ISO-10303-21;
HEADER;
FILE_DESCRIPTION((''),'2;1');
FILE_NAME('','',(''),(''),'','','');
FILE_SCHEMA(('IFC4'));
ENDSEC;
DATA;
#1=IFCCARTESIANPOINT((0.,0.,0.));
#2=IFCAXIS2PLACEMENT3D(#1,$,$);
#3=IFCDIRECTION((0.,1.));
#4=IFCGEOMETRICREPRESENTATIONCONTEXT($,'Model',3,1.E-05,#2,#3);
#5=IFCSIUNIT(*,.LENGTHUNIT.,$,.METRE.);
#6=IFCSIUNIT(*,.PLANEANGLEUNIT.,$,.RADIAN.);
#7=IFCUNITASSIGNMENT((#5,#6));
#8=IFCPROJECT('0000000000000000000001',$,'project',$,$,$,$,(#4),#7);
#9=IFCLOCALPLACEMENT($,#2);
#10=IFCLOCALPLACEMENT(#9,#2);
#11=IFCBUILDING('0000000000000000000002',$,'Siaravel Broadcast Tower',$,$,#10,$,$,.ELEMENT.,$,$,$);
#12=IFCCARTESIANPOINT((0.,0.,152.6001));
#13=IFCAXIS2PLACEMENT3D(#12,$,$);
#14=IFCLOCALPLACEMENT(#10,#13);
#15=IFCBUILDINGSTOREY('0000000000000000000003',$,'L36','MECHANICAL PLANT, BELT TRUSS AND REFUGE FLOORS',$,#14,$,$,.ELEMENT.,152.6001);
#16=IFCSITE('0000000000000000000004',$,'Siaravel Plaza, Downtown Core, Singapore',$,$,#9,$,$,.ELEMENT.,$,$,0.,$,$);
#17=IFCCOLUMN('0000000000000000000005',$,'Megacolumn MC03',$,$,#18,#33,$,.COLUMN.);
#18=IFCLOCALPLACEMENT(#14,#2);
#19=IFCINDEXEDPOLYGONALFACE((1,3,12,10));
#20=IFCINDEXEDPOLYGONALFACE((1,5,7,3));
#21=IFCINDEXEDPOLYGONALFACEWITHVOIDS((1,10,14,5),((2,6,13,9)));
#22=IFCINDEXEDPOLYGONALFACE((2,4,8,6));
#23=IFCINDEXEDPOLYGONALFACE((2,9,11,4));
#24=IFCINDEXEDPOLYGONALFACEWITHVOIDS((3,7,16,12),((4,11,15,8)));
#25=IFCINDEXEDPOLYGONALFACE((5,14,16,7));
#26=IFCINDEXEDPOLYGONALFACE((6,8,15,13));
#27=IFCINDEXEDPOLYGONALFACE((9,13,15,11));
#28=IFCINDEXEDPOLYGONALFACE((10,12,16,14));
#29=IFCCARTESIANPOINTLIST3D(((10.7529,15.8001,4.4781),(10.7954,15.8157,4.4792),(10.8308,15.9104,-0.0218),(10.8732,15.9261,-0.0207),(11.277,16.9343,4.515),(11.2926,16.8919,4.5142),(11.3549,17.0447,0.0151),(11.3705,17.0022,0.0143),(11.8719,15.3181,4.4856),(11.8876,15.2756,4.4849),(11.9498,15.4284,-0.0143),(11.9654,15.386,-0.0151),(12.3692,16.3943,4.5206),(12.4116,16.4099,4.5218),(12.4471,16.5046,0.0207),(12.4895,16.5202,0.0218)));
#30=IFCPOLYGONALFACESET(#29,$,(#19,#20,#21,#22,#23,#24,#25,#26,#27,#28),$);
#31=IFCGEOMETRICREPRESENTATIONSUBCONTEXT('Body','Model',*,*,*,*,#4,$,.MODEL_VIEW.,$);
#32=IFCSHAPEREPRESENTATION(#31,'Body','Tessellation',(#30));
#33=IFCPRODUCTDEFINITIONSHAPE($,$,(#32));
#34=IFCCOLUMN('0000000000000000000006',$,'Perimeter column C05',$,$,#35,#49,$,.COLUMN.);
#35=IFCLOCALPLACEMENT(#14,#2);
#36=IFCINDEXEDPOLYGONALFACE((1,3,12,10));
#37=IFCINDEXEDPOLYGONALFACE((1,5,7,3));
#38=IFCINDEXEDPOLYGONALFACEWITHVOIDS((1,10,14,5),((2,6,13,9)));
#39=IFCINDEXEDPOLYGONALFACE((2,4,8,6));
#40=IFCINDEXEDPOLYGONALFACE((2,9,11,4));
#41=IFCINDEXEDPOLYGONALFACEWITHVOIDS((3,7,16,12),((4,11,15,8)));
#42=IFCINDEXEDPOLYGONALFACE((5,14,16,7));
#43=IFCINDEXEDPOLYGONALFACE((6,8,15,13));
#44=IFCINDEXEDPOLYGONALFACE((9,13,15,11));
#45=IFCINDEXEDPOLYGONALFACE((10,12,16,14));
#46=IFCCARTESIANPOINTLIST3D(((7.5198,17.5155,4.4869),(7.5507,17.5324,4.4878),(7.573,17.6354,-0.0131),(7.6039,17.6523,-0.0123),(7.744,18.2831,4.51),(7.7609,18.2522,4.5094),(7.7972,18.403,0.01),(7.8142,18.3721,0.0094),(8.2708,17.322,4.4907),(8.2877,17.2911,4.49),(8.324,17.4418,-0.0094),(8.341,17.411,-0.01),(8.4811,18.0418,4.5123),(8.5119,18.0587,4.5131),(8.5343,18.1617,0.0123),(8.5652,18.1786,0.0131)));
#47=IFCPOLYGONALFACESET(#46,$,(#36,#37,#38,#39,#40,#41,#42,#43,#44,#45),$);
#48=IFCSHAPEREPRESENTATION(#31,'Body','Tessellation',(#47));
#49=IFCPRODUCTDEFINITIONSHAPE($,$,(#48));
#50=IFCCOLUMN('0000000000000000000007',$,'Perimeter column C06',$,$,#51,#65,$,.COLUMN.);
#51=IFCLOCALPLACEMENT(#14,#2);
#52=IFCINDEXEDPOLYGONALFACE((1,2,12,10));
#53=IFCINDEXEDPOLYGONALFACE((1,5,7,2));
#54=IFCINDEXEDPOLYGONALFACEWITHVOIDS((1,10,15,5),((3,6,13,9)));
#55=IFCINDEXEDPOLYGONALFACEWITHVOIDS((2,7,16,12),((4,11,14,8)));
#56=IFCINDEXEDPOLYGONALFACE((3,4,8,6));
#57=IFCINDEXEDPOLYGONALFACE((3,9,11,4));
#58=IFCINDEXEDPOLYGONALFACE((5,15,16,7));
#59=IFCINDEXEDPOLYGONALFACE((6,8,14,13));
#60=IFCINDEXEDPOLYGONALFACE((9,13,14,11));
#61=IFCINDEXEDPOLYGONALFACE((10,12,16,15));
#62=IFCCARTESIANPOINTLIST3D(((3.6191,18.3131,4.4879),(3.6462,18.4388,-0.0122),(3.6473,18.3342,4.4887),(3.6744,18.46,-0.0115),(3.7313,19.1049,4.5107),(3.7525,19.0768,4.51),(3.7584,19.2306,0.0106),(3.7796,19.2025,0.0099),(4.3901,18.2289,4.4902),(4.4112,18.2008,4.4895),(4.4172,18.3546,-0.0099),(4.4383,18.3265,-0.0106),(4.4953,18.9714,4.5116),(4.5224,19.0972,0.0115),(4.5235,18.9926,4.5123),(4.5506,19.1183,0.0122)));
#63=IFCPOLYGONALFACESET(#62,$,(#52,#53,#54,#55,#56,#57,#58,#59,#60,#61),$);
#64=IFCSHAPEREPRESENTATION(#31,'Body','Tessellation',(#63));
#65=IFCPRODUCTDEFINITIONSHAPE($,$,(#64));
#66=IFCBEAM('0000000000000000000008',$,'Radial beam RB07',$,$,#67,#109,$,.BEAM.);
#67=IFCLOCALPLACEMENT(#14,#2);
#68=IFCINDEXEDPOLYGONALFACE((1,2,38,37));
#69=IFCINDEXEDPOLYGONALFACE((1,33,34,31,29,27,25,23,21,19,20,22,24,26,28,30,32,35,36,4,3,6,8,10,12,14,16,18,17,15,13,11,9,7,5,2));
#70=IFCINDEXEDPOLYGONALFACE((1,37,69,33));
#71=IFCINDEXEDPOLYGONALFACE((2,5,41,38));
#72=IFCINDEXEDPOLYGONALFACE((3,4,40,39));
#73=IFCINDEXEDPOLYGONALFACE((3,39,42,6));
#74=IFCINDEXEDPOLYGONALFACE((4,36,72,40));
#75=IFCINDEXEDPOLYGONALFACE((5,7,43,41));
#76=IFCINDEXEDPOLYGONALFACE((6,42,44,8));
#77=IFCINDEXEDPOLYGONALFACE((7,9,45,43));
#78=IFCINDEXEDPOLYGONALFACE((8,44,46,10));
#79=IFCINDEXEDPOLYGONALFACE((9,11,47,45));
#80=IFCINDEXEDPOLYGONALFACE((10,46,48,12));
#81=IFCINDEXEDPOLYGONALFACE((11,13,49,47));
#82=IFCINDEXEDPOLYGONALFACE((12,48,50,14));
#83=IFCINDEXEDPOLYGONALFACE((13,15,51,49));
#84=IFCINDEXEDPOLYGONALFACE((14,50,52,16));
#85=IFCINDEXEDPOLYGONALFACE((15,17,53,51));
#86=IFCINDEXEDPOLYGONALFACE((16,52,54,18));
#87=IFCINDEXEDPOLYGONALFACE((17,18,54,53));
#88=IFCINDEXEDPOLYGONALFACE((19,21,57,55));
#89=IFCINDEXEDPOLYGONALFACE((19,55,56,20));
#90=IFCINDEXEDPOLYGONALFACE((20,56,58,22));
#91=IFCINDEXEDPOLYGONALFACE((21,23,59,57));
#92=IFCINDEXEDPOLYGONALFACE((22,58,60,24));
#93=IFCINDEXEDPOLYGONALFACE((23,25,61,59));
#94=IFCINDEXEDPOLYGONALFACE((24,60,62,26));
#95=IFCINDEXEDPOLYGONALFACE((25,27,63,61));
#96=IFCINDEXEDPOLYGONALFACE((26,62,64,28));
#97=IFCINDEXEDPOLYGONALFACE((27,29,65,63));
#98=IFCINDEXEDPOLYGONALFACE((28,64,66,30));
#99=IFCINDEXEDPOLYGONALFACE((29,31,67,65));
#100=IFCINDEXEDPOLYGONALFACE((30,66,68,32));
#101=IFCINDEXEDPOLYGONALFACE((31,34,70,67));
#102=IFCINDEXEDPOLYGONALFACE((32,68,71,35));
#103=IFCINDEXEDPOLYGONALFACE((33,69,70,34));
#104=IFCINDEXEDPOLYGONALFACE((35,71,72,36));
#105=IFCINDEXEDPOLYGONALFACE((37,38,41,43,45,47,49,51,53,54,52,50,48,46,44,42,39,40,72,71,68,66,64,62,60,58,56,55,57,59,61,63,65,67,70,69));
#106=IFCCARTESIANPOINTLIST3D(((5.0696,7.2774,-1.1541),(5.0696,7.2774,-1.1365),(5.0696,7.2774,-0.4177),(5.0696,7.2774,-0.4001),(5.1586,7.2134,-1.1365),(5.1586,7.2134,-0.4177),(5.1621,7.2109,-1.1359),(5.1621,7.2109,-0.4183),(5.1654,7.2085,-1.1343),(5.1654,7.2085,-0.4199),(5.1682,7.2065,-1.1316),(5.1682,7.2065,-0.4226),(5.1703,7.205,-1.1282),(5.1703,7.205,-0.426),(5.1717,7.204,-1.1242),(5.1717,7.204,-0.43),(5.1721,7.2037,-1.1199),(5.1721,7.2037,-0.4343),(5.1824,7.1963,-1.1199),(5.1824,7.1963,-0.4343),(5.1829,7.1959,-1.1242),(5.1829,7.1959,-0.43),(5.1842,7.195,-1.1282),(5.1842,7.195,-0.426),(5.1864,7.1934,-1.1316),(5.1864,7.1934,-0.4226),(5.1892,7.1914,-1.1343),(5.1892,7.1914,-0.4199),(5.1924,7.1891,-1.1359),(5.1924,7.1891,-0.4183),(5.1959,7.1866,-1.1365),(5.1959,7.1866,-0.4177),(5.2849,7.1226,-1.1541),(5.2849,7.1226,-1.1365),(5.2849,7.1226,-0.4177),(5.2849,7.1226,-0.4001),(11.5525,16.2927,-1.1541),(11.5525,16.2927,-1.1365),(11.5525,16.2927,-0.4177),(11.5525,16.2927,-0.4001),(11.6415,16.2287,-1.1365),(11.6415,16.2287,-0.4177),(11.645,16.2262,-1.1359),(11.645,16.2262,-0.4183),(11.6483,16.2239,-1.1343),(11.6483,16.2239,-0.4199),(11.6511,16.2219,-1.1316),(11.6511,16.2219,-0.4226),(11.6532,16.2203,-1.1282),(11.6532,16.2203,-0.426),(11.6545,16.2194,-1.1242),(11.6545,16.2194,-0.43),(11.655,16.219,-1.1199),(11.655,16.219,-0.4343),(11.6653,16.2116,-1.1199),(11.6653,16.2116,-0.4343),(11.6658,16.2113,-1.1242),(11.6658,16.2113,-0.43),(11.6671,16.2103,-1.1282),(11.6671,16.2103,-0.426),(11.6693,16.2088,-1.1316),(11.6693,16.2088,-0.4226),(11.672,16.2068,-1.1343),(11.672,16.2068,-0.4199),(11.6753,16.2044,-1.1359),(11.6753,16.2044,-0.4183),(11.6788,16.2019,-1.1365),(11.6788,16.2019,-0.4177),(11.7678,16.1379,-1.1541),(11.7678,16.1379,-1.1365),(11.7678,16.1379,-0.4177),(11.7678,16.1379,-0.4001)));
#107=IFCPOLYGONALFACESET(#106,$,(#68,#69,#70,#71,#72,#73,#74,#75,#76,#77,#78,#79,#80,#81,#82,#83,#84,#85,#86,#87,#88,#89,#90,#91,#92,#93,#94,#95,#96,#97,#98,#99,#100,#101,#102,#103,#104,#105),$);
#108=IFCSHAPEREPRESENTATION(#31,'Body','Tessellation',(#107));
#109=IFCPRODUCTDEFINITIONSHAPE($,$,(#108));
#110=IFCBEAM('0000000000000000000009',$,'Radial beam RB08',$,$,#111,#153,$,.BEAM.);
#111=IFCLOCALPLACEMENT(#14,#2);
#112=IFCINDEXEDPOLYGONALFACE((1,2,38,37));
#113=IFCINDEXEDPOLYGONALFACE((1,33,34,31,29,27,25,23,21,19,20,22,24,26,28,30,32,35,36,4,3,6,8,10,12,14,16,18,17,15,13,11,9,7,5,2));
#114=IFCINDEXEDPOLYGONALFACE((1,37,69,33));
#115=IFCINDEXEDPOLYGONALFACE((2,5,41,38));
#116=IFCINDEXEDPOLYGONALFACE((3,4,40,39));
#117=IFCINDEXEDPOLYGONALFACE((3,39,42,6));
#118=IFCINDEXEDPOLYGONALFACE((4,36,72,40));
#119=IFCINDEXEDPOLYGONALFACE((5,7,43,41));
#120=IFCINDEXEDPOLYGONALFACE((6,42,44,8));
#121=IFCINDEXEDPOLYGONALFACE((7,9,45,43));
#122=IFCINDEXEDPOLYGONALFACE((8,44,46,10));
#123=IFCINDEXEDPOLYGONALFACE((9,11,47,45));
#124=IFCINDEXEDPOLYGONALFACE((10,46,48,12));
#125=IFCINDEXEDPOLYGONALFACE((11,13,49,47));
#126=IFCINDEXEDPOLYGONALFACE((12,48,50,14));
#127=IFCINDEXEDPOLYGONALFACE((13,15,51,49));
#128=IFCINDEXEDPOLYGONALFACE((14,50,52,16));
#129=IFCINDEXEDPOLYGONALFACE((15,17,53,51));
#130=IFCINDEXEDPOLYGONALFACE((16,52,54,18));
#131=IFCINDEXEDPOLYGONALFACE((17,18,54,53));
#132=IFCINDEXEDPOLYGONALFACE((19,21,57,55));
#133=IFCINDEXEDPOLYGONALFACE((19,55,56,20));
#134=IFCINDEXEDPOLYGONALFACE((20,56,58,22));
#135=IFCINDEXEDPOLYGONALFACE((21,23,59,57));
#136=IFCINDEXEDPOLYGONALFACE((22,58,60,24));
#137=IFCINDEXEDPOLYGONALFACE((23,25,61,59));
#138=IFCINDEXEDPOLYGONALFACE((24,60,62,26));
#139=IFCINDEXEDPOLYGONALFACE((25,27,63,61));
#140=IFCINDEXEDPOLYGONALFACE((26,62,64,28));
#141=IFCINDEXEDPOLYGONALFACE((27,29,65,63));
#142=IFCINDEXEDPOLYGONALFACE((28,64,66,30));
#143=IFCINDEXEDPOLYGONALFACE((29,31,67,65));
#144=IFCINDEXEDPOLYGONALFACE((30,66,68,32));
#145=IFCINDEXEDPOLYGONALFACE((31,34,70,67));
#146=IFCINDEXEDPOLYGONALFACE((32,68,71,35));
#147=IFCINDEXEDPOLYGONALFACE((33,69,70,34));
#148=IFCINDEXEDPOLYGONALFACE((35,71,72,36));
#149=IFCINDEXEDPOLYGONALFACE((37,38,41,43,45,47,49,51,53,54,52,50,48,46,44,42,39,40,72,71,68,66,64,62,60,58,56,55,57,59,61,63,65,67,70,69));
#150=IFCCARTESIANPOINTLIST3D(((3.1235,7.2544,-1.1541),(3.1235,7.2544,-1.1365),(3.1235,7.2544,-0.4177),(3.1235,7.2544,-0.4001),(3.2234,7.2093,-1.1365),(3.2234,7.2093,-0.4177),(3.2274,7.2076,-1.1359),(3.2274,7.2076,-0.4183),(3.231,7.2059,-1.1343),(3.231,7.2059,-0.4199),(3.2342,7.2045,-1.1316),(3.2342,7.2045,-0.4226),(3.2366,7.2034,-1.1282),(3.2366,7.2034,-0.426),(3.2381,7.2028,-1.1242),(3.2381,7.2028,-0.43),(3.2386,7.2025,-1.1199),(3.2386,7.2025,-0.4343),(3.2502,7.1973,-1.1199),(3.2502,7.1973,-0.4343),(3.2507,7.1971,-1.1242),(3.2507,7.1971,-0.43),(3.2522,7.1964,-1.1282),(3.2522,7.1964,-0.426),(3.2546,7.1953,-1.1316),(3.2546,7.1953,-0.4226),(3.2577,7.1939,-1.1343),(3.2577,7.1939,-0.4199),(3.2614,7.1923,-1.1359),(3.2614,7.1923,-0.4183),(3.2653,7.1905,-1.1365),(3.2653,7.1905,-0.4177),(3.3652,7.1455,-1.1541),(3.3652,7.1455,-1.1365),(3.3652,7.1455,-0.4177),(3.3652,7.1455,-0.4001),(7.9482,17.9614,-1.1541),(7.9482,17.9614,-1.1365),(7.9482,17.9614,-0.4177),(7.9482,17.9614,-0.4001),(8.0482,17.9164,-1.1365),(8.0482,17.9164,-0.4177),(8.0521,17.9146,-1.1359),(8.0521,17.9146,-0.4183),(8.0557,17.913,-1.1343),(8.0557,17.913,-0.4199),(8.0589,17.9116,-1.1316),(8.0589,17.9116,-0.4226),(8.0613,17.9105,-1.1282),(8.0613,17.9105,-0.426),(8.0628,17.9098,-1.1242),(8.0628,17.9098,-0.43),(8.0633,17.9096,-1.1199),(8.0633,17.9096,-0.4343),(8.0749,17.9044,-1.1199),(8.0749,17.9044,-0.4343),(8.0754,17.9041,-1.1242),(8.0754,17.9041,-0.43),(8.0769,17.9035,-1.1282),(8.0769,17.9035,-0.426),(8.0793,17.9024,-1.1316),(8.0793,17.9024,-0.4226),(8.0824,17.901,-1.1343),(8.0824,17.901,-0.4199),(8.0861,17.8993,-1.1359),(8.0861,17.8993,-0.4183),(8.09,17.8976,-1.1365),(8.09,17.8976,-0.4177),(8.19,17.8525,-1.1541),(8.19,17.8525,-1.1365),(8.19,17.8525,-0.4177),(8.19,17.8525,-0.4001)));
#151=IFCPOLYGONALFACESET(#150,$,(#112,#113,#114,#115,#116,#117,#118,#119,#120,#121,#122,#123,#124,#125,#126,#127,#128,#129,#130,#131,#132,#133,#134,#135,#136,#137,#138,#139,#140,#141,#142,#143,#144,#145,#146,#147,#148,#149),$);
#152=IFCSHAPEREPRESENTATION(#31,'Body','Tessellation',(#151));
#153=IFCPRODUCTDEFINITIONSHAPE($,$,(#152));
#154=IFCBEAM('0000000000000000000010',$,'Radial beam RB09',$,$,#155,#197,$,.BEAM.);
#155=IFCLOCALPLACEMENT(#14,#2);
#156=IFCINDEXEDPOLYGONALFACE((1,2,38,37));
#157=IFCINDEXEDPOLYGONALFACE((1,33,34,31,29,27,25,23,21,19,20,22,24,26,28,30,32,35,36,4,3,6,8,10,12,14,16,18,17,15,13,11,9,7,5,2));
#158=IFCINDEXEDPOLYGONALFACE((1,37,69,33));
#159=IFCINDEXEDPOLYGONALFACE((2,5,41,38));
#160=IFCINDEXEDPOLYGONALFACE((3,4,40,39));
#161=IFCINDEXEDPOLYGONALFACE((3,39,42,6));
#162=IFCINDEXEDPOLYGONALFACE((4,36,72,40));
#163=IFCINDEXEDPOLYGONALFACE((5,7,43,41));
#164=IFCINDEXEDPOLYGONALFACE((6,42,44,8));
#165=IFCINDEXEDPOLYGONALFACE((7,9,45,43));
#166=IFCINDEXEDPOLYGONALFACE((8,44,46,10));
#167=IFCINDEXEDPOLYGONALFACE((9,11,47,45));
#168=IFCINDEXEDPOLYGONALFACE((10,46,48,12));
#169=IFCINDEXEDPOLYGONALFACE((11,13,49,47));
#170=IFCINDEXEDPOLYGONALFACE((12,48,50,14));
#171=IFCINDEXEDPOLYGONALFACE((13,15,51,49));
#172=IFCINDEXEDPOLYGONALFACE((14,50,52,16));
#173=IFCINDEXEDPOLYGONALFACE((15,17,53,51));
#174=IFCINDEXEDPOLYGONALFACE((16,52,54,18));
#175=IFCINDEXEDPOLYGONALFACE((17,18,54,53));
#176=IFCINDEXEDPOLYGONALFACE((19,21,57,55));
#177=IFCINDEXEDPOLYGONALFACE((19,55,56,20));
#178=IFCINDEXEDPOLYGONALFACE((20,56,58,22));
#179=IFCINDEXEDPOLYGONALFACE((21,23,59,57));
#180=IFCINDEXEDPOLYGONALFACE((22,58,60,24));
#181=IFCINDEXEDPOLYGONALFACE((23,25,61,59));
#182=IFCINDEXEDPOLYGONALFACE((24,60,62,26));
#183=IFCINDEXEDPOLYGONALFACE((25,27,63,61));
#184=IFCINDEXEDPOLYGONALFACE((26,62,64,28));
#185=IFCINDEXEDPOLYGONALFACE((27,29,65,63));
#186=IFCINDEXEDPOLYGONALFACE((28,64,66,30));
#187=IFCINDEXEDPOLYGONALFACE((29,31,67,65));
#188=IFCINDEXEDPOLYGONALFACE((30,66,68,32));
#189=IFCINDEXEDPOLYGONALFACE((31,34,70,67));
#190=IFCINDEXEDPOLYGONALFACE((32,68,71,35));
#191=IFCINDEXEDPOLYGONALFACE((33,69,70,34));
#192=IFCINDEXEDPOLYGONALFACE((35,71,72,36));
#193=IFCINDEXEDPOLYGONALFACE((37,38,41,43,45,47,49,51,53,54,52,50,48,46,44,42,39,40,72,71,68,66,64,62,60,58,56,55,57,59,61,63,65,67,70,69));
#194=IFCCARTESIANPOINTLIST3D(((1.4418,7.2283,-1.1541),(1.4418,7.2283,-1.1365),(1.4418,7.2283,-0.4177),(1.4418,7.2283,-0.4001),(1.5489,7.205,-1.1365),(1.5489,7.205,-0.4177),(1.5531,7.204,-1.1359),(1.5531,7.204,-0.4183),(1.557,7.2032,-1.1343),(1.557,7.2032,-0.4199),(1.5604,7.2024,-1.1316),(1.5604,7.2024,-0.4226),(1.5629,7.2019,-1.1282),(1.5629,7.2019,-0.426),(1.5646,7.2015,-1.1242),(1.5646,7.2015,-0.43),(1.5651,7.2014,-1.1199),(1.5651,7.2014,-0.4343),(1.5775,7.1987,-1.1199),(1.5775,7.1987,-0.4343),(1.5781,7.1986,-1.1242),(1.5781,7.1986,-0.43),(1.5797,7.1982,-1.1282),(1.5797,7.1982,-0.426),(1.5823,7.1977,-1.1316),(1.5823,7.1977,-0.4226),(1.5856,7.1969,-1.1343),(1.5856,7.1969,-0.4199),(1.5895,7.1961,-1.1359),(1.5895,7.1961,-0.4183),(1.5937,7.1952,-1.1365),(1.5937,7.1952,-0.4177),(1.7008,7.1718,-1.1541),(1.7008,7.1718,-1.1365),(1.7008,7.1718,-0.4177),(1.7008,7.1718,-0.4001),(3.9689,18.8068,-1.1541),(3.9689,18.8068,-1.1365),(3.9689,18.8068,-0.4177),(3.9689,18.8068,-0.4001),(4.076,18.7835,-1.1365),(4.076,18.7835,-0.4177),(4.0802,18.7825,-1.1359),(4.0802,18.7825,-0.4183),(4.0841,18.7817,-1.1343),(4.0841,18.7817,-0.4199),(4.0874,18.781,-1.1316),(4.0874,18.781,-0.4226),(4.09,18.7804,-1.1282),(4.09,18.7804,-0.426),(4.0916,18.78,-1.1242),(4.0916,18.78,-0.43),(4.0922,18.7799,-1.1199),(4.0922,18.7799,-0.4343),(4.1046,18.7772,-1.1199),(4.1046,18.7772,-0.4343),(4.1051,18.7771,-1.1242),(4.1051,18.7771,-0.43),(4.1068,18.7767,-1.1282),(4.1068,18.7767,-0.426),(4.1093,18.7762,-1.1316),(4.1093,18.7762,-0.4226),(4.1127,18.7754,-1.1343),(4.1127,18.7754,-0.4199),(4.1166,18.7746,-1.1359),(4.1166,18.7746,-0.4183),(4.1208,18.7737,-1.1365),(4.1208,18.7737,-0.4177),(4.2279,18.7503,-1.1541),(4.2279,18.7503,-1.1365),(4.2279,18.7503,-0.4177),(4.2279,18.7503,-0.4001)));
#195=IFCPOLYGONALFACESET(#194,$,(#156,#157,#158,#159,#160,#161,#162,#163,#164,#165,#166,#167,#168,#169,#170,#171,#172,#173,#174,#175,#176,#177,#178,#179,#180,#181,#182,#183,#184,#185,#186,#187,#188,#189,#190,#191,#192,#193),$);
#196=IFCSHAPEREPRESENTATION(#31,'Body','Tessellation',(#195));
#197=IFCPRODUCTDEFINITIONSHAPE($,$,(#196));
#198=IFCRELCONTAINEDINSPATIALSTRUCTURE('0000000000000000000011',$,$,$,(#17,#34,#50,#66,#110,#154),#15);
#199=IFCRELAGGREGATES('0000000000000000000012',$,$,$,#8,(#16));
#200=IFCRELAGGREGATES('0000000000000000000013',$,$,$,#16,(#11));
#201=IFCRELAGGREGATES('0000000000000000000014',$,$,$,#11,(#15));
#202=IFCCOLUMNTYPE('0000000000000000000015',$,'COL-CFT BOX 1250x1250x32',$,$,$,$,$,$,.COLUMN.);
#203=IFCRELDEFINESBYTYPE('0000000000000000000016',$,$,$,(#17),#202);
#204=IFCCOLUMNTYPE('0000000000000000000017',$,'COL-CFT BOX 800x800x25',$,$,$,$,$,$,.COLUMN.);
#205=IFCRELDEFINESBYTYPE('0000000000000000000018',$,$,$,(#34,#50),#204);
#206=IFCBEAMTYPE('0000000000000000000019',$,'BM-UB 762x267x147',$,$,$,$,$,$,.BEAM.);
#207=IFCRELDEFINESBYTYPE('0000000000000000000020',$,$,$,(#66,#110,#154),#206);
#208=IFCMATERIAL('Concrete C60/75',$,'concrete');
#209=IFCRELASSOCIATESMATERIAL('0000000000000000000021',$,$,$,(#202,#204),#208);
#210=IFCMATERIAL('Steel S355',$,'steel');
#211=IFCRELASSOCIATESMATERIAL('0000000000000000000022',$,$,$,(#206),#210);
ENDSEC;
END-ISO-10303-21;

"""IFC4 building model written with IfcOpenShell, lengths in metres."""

from ifc_helpers import new_model, si_unit, direction, frame, origin, origin_2d, place, context, subcontext, project, spatial, hollow_rectangle, i_section, extrude, material, material_profile, profile_set, type_object, element, save


model = new_model("IFC4")

# Units and contexts
model_context = context("Model", 3, precision=1e-05, world=origin(), true_north=direction((0.0, 1.0)))
body_context = subcontext(model_context, "Body", "Model", "MODEL_VIEW")
ifc_project = project(units=[si_unit("LENGTHUNIT", "METRE"), si_unit("PLANEANGLEUNIT", "RADIAN")], contexts=[model_context])

# Site, building, storey
site_placement = place(None, origin())
site = spatial("IfcSite", under=ifc_project, at=site_placement, Name="Siaravel Plaza, Downtown Core, Singapore", CompositionType="ELEMENT", RefElevation=0.0)
building_placement = place(site_placement, origin())
building = spatial("IfcBuilding", under=site, at=building_placement, Name="Siaravel Broadcast Tower", CompositionType="ELEMENT")
storey_placement = place(building_placement, frame((0.0, 0.0, 152.6001)))
storey = spatial("IfcBuildingStorey", under=building, at=storey_placement, Name="L36", Description="MECHANICAL PLANT, BELT TRUSS AND REFUGE FLOORS", CompositionType="ELEMENT", Elevation=152.6001)

# Columns
ifc_material_1 = material(Name="Concrete C60/75", Category="concrete")
ifc_material_profile_1 = material_profile(ifc_material_1, hollow_rectangle(XDim=1.25, YDim=1.25, WallThickness=0.032, at=origin_2d()))
ifc_profile_set_1 = profile_set([ifc_material_profile_1], Name="Concrete C60/75")
column_type_1 = type_object("IfcColumnType", Name="COL-CFT BOX 1250x1250x32", PredefinedType="COLUMN", material=ifc_profile_set_1)
column_placement = place(storey_placement, frame((11.6602, 16.2153, 0.0), z_axis=(-0.017299, -0.024512, 0.99955), x_axis=(0.907704, -0.419576, 0.00542)))
element("IfcColumn", 1, at=column_placement, inside=storey, type_object=column_type_1, Name="Megacolumn MC03", PredefinedType="COLUMN", context=body_context, shape_type="SweptSolid", body=[
    extrude(hollow_rectangle(XDim=1.25, YDim=1.25, WallThickness=0.032, at=origin_2d()), origin(), (0.0, 0.0, 1.0), 4.502),
])
ifc_material_profile_2 = material_profile(ifc_material_1, hollow_rectangle(XDim=0.8, YDim=0.8, WallThickness=0.0249, at=origin_2d()))
ifc_profile_set_2 = profile_set([ifc_material_profile_2], Name="Concrete C60/75")
column_type_2 = type_object("IfcColumnType", Name="COL-CFT BOX 800x800x25", PredefinedType="COLUMN", material=ifc_profile_set_2)
for number, where, z_axis, x_axis, name in (
    (2, (8.0691, 17.907, 0.0), (-0.011822, -0.026627, 0.999576), (0.959857, -0.280464, 0.003881), "Perimeter column C05"),
    (3, (4.0984, 18.7786, 0.0), (-0.00602, -0.027929, 0.999592), (0.990093, -0.140396, 0.00204), "Perimeter column C06"),
):
    element("IfcColumn", number, at=place(storey_placement, frame(where, z_axis=z_axis, x_axis=x_axis)), inside=storey, type_object=column_type_2, Name=name, PredefinedType="COLUMN", context=body_context, shape_type="SweptSolid", body=[
        extrude(hollow_rectangle(XDim=0.8, YDim=0.8, WallThickness=0.0249, at=origin_2d()), origin(), (0.0, 0.0, 1.0), 4.502),
    ])

# Beams
ifc_material_2 = material(Name="Steel S355", Category="steel")
ifc_material_profile_3 = material_profile(ifc_material_2, i_section(OverallWidth=0.2651, OverallDepth=0.7539, WebThickness=0.0127, FlangeThickness=0.0176, FilletRadius=0.0166, at=origin_2d()))
ifc_profile_set_3 = profile_set([ifc_material_profile_3], Name="Steel S355")
beam_type_1 = type_object("IfcBeamType", Name="BM-UB 762x267x147", PredefinedType="BEAM", material=ifc_profile_set_3)
beam_1_placement = place(storey_placement, frame((11.6602, 16.2153, -0.7771), z_axis=(-0.58382, -0.811883, 0.0), x_axis=(0.811883, -0.58382, 0.0)))
element("IfcBeam", 4, at=beam_1_placement, inside=storey, type_object=beam_type_1, Name="Radial beam RB07", PredefinedType="BEAM", context=body_context, shape_type="SweptSolid", body=[
    extrude(i_section(OverallWidth=0.2651, OverallDepth=0.7539, WebThickness=0.0127, FlangeThickness=0.0176, FilletRadius=0.0166, at=origin_2d()), origin(), (0.0, 0.0, 1.0), 11.1042),
])
beam_2_placement = place(storey_placement, frame((8.0691, 17.907, -0.7771), z_axis=(-0.410828, -0.911713, 0.0), x_axis=(0.911713, -0.410828, 0.0)))
element("IfcBeam", 5, at=beam_2_placement, inside=storey, type_object=beam_type_1, Name="Radial beam RB08", PredefinedType="BEAM", context=body_context, shape_type="SweptSolid", body=[
    extrude(i_section(OverallWidth=0.2651, OverallDepth=0.7539, WebThickness=0.0127, FlangeThickness=0.0176, FilletRadius=0.0166, at=origin_2d()), origin(), (0.0, 0.0, 1.0), 11.7439),
])
beam_3_placement = place(storey_placement, frame((4.0984, 18.7786, -0.7771), z_axis=(-0.213236, -0.977001, 0.0), x_axis=(0.977001, -0.213236, 0.0)))
element("IfcBeam", 6, at=beam_3_placement, inside=storey, type_object=beam_type_1, Name="Radial beam RB09", PredefinedType="BEAM", context=body_context, shape_type="SweptSolid", body=[
    extrude(i_section(OverallWidth=0.2651, OverallDepth=0.7539, WebThickness=0.0127, FlangeThickness=0.0176, FilletRadius=0.0166, at=origin_2d()), origin(), (0.0, 0.0, 1.0), 11.8511),
])

save(model, "model.ifc")
